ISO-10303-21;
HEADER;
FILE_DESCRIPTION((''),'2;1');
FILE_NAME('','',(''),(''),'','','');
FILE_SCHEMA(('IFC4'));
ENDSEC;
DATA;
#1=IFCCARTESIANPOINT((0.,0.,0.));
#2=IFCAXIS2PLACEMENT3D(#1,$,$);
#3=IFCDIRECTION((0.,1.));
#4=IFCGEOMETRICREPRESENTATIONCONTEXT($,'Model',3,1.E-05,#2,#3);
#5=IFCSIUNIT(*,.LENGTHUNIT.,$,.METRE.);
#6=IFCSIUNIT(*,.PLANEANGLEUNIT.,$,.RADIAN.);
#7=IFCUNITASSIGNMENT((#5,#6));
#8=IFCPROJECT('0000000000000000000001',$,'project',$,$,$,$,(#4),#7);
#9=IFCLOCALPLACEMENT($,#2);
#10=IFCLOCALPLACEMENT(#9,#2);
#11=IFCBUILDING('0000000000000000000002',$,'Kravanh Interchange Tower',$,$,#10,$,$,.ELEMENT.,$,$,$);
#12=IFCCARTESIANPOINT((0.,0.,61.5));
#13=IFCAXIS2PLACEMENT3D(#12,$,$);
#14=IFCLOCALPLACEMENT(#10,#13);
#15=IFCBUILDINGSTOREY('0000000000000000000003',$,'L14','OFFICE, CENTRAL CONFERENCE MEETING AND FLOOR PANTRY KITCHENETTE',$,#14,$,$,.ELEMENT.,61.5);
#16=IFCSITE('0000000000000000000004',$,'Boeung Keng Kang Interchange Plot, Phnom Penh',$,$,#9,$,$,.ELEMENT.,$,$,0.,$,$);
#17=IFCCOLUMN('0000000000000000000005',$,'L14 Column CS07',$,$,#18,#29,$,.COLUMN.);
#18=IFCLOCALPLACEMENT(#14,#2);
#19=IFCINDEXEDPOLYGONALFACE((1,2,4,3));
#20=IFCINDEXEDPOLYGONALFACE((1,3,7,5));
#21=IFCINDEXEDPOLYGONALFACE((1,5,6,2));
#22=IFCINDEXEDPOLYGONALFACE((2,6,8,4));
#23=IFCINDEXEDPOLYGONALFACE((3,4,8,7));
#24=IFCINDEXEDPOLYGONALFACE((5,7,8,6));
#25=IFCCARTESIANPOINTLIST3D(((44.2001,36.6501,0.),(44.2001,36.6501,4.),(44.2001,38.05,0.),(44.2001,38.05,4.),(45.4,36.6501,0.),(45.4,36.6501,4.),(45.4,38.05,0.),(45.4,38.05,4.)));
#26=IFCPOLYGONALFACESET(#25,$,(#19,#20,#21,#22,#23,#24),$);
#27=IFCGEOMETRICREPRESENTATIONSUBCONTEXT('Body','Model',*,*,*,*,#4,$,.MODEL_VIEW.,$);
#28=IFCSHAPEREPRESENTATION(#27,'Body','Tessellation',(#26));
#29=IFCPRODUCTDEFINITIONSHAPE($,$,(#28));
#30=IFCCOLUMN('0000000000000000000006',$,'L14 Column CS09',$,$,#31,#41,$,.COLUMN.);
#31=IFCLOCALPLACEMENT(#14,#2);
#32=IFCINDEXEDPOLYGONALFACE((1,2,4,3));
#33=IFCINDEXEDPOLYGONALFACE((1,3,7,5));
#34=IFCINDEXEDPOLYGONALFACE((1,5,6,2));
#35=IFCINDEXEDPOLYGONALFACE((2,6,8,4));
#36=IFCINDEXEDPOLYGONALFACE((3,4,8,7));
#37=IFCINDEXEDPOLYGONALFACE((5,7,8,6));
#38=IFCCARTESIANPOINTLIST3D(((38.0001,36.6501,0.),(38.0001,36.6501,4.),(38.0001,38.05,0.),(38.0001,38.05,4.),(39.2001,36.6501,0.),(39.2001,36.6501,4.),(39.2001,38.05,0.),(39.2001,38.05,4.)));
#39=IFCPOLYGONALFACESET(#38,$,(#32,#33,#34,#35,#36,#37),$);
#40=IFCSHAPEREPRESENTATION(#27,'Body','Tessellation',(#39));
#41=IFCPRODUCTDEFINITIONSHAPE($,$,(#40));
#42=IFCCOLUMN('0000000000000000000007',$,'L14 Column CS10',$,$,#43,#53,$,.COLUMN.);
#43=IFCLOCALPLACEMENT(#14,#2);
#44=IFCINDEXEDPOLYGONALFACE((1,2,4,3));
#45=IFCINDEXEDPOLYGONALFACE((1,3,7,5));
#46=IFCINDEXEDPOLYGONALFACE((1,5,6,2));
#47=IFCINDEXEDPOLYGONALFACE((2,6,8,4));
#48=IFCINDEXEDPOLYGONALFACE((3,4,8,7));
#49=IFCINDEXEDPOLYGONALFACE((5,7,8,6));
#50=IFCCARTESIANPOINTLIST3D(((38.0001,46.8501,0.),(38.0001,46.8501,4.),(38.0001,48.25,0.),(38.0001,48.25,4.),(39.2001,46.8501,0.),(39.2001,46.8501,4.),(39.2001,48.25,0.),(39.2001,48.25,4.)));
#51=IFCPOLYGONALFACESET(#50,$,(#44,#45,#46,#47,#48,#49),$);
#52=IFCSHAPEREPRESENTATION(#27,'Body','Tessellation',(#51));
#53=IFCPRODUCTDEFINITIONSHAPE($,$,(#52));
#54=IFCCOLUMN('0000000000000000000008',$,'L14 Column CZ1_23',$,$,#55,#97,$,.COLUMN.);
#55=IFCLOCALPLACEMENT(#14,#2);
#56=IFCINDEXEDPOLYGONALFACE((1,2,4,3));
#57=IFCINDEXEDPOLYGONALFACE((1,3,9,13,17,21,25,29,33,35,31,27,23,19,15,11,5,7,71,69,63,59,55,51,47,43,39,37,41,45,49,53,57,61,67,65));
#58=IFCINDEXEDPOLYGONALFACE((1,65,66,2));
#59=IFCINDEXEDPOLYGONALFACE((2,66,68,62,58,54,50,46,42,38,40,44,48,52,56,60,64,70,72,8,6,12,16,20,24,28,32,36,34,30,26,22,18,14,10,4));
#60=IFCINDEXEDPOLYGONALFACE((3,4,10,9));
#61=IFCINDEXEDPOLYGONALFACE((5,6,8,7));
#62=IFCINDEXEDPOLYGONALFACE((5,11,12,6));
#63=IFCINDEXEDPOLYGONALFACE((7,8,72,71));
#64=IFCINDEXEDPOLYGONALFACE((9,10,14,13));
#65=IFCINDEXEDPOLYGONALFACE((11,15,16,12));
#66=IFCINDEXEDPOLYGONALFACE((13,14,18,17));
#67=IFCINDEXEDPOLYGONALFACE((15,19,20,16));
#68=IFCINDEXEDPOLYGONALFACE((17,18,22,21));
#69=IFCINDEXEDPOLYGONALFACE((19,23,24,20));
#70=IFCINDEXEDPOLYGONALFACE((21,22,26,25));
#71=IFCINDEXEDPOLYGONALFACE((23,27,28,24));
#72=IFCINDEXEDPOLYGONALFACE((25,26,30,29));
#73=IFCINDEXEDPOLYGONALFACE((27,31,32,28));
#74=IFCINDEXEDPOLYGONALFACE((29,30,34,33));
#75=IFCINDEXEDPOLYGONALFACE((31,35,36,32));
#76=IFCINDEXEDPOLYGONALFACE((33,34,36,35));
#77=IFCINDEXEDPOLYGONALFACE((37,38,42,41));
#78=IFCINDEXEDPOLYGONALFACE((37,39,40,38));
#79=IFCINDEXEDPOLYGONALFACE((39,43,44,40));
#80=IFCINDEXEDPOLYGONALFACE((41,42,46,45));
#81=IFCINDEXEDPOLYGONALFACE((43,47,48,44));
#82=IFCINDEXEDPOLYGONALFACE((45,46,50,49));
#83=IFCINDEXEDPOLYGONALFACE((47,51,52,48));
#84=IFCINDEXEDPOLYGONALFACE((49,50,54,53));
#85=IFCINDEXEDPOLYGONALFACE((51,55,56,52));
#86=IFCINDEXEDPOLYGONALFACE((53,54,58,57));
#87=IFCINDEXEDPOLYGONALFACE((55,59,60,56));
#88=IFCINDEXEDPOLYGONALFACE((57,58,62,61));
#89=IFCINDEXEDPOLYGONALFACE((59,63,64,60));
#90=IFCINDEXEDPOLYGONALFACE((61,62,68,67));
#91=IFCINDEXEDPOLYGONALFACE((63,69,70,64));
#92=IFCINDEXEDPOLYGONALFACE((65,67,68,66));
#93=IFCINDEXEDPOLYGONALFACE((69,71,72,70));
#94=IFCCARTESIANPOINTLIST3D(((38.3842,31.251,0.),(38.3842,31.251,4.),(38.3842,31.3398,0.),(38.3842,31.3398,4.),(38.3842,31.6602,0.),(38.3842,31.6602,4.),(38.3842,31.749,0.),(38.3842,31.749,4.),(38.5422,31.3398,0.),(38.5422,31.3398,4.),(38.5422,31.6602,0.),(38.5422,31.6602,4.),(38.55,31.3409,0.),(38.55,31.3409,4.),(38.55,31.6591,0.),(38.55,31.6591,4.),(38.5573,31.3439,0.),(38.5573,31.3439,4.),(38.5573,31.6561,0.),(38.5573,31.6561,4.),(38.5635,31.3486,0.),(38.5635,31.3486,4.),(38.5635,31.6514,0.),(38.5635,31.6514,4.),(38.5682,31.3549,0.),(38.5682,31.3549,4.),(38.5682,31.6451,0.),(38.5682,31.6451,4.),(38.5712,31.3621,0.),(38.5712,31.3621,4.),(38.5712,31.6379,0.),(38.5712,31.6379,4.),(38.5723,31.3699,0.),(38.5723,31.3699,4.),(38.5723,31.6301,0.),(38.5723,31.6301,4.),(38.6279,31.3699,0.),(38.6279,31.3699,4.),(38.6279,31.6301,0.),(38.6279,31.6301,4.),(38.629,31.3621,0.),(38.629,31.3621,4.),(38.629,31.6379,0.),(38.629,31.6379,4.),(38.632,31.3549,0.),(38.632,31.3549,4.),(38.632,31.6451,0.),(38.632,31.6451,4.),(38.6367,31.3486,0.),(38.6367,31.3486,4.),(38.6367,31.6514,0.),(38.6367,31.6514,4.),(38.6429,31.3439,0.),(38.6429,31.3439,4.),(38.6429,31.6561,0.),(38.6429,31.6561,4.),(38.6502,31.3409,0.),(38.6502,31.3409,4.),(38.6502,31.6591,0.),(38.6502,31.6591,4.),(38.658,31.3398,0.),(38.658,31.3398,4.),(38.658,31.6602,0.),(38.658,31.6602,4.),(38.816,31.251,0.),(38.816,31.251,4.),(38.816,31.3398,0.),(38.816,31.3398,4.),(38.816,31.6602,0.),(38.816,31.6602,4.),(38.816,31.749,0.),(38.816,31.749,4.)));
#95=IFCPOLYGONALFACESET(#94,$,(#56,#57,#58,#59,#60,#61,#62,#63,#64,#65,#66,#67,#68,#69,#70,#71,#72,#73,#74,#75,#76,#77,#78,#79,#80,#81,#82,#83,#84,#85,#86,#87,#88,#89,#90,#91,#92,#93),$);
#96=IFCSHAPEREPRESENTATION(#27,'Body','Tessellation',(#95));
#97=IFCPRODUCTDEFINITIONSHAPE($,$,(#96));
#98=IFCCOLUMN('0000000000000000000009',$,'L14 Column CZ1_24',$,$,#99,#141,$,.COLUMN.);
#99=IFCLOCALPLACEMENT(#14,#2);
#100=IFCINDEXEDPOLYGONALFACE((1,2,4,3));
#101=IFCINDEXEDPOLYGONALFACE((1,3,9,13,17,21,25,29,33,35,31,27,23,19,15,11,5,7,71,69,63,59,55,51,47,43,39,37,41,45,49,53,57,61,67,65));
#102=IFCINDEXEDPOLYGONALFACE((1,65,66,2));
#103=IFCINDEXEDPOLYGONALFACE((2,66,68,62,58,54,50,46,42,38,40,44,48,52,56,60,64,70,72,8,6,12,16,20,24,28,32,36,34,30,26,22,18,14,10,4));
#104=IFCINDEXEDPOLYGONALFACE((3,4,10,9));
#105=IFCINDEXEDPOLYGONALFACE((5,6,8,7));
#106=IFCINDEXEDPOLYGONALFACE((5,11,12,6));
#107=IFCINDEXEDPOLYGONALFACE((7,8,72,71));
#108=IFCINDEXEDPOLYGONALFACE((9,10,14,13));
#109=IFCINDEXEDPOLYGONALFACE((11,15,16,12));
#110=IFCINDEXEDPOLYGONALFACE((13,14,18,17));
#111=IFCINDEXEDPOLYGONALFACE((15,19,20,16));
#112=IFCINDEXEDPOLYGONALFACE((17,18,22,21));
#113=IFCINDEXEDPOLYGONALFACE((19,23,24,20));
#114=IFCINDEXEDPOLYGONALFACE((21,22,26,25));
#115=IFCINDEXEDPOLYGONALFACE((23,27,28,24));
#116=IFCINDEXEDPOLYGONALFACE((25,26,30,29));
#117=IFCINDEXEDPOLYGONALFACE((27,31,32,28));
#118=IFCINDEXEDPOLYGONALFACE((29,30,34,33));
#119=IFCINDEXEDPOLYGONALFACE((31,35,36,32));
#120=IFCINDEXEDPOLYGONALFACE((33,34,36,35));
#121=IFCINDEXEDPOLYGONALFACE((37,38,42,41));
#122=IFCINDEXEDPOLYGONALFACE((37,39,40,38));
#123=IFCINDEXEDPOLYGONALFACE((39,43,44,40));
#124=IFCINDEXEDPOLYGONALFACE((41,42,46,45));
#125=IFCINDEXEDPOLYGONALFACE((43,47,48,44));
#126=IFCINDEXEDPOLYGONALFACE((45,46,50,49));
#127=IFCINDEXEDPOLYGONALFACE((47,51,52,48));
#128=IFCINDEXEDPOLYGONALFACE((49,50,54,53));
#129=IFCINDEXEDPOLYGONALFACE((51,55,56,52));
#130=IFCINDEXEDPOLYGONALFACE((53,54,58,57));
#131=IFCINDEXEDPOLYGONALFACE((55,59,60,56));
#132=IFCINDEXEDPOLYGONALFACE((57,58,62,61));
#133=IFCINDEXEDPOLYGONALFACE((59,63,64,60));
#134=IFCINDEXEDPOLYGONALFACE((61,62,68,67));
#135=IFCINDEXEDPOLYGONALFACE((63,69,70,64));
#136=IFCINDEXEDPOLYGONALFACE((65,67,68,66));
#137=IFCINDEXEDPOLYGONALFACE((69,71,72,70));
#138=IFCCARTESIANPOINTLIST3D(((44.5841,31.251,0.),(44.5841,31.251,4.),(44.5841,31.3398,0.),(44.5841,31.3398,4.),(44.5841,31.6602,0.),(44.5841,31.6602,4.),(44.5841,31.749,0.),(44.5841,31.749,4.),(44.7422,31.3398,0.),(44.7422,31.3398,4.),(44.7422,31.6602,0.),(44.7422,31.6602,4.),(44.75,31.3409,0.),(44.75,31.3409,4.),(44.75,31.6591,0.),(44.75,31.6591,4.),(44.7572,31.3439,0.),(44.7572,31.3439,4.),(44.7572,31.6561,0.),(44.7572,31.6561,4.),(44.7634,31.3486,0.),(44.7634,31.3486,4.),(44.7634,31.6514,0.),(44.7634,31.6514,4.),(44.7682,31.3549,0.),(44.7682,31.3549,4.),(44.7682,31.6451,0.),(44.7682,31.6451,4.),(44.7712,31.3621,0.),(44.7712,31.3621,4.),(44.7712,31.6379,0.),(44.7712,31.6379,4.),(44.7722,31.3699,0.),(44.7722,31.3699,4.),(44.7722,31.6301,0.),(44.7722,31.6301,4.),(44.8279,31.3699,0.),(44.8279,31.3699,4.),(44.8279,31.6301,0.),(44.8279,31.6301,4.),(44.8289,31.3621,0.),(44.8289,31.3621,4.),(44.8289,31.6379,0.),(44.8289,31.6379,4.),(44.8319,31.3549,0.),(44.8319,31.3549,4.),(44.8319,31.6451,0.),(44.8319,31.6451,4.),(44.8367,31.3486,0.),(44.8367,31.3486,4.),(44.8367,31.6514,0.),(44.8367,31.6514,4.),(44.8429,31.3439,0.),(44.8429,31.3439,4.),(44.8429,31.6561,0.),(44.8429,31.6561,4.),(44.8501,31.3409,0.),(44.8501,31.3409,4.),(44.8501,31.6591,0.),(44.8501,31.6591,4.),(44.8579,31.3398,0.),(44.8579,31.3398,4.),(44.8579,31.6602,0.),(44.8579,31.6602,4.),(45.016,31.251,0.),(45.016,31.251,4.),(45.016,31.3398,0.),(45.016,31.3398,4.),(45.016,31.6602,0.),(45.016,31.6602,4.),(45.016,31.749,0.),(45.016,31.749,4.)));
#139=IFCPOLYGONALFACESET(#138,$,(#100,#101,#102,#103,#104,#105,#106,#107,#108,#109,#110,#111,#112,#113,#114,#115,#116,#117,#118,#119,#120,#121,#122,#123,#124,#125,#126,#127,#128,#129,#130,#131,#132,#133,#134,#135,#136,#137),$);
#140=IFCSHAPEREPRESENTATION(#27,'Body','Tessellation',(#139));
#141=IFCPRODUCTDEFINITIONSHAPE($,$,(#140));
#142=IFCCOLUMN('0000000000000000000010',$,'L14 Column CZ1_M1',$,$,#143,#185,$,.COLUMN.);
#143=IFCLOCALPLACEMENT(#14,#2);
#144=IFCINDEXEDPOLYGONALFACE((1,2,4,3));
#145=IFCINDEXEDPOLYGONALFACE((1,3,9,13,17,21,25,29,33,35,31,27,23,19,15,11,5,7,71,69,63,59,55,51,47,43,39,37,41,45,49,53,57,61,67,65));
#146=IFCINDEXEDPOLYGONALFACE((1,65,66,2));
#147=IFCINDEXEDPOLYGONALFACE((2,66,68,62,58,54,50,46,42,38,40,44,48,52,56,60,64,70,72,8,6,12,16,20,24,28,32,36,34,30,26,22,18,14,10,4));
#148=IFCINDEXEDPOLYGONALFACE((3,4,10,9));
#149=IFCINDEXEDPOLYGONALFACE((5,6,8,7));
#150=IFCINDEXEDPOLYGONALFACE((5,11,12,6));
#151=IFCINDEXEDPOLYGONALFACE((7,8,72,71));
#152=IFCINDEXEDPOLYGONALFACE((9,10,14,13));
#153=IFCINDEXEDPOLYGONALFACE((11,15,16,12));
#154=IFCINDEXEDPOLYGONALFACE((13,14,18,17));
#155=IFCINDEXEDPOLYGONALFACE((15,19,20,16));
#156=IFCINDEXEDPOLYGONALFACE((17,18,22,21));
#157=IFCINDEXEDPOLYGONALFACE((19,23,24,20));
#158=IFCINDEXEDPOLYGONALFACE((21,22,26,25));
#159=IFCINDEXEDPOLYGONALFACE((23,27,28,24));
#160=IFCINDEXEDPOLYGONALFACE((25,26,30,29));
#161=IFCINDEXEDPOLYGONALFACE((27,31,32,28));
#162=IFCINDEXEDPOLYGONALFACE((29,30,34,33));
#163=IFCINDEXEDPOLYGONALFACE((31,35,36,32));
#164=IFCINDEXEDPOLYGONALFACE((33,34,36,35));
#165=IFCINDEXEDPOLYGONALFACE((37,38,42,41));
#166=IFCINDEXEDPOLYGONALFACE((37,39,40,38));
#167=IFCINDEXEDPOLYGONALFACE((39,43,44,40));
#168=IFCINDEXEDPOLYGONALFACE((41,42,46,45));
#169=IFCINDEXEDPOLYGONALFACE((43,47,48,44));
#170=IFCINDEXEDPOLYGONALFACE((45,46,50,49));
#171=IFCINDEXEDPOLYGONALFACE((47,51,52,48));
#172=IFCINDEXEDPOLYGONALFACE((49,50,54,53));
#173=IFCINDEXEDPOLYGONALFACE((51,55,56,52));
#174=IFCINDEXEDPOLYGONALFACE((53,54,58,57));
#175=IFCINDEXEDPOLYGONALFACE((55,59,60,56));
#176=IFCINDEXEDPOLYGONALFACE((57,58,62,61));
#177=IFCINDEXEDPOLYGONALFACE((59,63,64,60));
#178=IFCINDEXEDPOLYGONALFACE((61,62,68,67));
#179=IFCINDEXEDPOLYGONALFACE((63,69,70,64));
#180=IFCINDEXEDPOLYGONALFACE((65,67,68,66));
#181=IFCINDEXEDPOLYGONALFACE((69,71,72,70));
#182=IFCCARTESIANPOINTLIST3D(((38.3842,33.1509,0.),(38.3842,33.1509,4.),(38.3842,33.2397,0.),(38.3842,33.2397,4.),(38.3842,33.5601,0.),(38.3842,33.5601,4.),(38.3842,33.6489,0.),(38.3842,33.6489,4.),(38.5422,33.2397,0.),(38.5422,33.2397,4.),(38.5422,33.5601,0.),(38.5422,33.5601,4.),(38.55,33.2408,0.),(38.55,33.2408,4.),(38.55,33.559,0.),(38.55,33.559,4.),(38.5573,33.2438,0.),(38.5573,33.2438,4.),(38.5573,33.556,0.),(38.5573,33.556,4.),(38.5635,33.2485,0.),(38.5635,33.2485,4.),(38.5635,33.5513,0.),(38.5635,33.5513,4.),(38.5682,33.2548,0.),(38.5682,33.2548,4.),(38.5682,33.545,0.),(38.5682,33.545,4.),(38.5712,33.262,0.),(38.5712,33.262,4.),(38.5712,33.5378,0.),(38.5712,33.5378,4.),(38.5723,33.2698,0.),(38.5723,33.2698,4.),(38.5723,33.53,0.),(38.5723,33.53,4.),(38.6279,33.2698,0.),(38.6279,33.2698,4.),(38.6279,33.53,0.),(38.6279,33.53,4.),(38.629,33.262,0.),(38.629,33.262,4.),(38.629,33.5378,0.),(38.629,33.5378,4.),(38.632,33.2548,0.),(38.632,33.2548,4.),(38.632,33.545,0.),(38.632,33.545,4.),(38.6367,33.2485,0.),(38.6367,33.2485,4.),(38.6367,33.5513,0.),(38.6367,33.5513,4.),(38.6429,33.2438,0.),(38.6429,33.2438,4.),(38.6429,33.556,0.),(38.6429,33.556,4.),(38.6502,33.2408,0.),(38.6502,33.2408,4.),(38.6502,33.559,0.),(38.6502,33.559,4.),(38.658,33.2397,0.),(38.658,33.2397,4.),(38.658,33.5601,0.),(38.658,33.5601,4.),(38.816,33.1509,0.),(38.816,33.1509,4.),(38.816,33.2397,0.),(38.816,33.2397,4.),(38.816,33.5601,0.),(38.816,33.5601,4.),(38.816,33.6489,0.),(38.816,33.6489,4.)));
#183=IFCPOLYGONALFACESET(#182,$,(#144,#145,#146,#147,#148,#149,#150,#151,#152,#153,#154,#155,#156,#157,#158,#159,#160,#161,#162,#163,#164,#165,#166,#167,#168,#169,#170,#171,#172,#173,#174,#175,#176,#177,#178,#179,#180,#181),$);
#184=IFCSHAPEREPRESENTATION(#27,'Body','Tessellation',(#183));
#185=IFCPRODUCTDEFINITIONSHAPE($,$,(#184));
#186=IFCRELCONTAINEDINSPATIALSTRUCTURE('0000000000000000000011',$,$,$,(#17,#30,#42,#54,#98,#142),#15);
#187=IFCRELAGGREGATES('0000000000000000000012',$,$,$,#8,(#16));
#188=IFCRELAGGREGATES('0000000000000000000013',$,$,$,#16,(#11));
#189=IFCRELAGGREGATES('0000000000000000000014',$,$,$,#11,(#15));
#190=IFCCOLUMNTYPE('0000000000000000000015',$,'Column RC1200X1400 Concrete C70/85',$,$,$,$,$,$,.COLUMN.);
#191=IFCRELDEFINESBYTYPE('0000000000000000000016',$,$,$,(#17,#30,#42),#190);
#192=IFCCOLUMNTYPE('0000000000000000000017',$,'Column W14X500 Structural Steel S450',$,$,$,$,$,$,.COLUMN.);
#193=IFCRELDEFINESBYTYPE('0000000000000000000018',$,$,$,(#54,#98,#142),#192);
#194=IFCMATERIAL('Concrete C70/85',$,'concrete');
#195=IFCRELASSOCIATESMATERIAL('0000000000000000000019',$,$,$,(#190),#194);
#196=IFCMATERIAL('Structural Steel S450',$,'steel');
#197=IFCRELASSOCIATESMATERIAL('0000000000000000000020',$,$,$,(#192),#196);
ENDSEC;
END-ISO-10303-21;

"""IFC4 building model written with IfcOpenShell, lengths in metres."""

from ifc_helpers import new_model, si_unit, direction, frame, origin, origin_2d, place, context, subcontext, project, spatial, rectangle, i_section, extrude, material, material_profile, profile_set, type_object, element, save


model = new_model("IFC4")

# Units and contexts
model_context = context("Model", 3, precision=1e-05, world=origin(), true_north=direction((0.0, 1.0)))
body_context = subcontext(model_context, "Body", "Model", "MODEL_VIEW")
ifc_project = project(units=[si_unit("LENGTHUNIT", "METRE"), si_unit("PLANEANGLEUNIT", "RADIAN")], contexts=[model_context])

# Site, building, storey
site_placement = place(None, origin())
site = spatial("IfcSite", under=ifc_project, at=site_placement, Name="Boeung Keng Kang Interchange Plot, Phnom Penh", CompositionType="ELEMENT", RefElevation=0.0)
building_placement = place(site_placement, origin())
building = spatial("IfcBuilding", under=site, at=building_placement, Name="Kravanh Interchange Tower", CompositionType="ELEMENT")
storey_placement = place(building_placement, frame((0.0, 0.0, 61.5)))
storey = spatial("IfcBuildingStorey", under=building, at=storey_placement, Name="L14", Description="OFFICE, CENTRAL CONFERENCE MEETING AND FLOOR PANTRY KITCHENETTE", CompositionType="ELEMENT", Elevation=61.5)

# Columns
ifc_material_1 = material(Name="Concrete C70/85", Category="concrete")
ifc_material_profile_1 = material_profile(ifc_material_1, rectangle(XDim=1.2, YDim=1.3999, at=origin_2d()), Name="RC1200X1400")
ifc_profile_set_1 = profile_set([ifc_material_profile_1], Name="Concrete C70/85")
column_type_1 = type_object("IfcColumnType", Name="Column RC1200X1400 Concrete C70/85", PredefinedType="COLUMN", material=ifc_profile_set_1)
for number, where, z_axis, x_axis, name in (
    (1, (44.8, 37.3501, 0.0), (0.0, 0.0, 1.0), (1.0, 0.0, 0.0), "L14 Column CS07"),
    (2, (38.6001, 37.3501, 0.0), (0.0, 0.0, 1.0), (1.0, 0.0, 0.0), "L14 Column CS09"),
    (3, (38.6001, 47.55, 0.0), (0.0, 0.0, 1.0), (1.0, 0.0, 0.0), "L14 Column CS10"),
):
    element("IfcColumn", number, at=place(storey_placement, frame(where, z_axis=z_axis, x_axis=x_axis)), inside=storey, type_object=column_type_1, Name=name, PredefinedType="COLUMN", context=body_context, shape_type="SweptSolid", body=[
        extrude(rectangle(XDim=1.2, YDim=1.3999, at=origin_2d()), origin(), (0.0, 0.0, 1.0), 4.0),
    ])
ifc_material_2 = material(Name="Structural Steel S450", Category="steel")
ifc_material_profile_2 = material_profile(ifc_material_2, i_section(OverallWidth=0.4319, OverallDepth=0.498, WebThickness=0.0557, FlangeThickness=0.0889, FilletRadius=0.03, at=origin_2d()), Name="W14X500")
ifc_profile_set_2 = profile_set([ifc_material_profile_2], Name="Structural Steel S450")
column_type_2 = type_object("IfcColumnType", Name="Column W14X500 Structural Steel S450", PredefinedType="COLUMN", material=ifc_profile_set_2)
for number, where, z_axis, x_axis, name in (
    (4, (38.6001, 31.5, 0.0), (0.0, 0.0, 1.0), (1.0, 0.0, 0.0), "L14 Column CZ1_23"),
    (5, (44.8, 31.5, 0.0), (0.0, 0.0, 1.0), (1.0, 0.0, 0.0), "L14 Column CZ1_24"),
    (6, (38.6001, 33.3999, 0.0), (0.0, 0.0, 1.0), (1.0, 0.0, 0.0), "L14 Column CZ1_M1"),
):
    element("IfcColumn", number, at=place(storey_placement, frame(where, z_axis=z_axis, x_axis=x_axis)), inside=storey, type_object=column_type_2, Name=name, PredefinedType="COLUMN", context=body_context, shape_type="SweptSolid", body=[
        extrude(i_section(OverallWidth=0.4319, OverallDepth=0.498, WebThickness=0.0557, FlangeThickness=0.0889, FilletRadius=0.03, at=origin_2d()), origin(), (0.0, 0.0, 1.0), 4.0),
    ])

save(model, "model.ifc")
